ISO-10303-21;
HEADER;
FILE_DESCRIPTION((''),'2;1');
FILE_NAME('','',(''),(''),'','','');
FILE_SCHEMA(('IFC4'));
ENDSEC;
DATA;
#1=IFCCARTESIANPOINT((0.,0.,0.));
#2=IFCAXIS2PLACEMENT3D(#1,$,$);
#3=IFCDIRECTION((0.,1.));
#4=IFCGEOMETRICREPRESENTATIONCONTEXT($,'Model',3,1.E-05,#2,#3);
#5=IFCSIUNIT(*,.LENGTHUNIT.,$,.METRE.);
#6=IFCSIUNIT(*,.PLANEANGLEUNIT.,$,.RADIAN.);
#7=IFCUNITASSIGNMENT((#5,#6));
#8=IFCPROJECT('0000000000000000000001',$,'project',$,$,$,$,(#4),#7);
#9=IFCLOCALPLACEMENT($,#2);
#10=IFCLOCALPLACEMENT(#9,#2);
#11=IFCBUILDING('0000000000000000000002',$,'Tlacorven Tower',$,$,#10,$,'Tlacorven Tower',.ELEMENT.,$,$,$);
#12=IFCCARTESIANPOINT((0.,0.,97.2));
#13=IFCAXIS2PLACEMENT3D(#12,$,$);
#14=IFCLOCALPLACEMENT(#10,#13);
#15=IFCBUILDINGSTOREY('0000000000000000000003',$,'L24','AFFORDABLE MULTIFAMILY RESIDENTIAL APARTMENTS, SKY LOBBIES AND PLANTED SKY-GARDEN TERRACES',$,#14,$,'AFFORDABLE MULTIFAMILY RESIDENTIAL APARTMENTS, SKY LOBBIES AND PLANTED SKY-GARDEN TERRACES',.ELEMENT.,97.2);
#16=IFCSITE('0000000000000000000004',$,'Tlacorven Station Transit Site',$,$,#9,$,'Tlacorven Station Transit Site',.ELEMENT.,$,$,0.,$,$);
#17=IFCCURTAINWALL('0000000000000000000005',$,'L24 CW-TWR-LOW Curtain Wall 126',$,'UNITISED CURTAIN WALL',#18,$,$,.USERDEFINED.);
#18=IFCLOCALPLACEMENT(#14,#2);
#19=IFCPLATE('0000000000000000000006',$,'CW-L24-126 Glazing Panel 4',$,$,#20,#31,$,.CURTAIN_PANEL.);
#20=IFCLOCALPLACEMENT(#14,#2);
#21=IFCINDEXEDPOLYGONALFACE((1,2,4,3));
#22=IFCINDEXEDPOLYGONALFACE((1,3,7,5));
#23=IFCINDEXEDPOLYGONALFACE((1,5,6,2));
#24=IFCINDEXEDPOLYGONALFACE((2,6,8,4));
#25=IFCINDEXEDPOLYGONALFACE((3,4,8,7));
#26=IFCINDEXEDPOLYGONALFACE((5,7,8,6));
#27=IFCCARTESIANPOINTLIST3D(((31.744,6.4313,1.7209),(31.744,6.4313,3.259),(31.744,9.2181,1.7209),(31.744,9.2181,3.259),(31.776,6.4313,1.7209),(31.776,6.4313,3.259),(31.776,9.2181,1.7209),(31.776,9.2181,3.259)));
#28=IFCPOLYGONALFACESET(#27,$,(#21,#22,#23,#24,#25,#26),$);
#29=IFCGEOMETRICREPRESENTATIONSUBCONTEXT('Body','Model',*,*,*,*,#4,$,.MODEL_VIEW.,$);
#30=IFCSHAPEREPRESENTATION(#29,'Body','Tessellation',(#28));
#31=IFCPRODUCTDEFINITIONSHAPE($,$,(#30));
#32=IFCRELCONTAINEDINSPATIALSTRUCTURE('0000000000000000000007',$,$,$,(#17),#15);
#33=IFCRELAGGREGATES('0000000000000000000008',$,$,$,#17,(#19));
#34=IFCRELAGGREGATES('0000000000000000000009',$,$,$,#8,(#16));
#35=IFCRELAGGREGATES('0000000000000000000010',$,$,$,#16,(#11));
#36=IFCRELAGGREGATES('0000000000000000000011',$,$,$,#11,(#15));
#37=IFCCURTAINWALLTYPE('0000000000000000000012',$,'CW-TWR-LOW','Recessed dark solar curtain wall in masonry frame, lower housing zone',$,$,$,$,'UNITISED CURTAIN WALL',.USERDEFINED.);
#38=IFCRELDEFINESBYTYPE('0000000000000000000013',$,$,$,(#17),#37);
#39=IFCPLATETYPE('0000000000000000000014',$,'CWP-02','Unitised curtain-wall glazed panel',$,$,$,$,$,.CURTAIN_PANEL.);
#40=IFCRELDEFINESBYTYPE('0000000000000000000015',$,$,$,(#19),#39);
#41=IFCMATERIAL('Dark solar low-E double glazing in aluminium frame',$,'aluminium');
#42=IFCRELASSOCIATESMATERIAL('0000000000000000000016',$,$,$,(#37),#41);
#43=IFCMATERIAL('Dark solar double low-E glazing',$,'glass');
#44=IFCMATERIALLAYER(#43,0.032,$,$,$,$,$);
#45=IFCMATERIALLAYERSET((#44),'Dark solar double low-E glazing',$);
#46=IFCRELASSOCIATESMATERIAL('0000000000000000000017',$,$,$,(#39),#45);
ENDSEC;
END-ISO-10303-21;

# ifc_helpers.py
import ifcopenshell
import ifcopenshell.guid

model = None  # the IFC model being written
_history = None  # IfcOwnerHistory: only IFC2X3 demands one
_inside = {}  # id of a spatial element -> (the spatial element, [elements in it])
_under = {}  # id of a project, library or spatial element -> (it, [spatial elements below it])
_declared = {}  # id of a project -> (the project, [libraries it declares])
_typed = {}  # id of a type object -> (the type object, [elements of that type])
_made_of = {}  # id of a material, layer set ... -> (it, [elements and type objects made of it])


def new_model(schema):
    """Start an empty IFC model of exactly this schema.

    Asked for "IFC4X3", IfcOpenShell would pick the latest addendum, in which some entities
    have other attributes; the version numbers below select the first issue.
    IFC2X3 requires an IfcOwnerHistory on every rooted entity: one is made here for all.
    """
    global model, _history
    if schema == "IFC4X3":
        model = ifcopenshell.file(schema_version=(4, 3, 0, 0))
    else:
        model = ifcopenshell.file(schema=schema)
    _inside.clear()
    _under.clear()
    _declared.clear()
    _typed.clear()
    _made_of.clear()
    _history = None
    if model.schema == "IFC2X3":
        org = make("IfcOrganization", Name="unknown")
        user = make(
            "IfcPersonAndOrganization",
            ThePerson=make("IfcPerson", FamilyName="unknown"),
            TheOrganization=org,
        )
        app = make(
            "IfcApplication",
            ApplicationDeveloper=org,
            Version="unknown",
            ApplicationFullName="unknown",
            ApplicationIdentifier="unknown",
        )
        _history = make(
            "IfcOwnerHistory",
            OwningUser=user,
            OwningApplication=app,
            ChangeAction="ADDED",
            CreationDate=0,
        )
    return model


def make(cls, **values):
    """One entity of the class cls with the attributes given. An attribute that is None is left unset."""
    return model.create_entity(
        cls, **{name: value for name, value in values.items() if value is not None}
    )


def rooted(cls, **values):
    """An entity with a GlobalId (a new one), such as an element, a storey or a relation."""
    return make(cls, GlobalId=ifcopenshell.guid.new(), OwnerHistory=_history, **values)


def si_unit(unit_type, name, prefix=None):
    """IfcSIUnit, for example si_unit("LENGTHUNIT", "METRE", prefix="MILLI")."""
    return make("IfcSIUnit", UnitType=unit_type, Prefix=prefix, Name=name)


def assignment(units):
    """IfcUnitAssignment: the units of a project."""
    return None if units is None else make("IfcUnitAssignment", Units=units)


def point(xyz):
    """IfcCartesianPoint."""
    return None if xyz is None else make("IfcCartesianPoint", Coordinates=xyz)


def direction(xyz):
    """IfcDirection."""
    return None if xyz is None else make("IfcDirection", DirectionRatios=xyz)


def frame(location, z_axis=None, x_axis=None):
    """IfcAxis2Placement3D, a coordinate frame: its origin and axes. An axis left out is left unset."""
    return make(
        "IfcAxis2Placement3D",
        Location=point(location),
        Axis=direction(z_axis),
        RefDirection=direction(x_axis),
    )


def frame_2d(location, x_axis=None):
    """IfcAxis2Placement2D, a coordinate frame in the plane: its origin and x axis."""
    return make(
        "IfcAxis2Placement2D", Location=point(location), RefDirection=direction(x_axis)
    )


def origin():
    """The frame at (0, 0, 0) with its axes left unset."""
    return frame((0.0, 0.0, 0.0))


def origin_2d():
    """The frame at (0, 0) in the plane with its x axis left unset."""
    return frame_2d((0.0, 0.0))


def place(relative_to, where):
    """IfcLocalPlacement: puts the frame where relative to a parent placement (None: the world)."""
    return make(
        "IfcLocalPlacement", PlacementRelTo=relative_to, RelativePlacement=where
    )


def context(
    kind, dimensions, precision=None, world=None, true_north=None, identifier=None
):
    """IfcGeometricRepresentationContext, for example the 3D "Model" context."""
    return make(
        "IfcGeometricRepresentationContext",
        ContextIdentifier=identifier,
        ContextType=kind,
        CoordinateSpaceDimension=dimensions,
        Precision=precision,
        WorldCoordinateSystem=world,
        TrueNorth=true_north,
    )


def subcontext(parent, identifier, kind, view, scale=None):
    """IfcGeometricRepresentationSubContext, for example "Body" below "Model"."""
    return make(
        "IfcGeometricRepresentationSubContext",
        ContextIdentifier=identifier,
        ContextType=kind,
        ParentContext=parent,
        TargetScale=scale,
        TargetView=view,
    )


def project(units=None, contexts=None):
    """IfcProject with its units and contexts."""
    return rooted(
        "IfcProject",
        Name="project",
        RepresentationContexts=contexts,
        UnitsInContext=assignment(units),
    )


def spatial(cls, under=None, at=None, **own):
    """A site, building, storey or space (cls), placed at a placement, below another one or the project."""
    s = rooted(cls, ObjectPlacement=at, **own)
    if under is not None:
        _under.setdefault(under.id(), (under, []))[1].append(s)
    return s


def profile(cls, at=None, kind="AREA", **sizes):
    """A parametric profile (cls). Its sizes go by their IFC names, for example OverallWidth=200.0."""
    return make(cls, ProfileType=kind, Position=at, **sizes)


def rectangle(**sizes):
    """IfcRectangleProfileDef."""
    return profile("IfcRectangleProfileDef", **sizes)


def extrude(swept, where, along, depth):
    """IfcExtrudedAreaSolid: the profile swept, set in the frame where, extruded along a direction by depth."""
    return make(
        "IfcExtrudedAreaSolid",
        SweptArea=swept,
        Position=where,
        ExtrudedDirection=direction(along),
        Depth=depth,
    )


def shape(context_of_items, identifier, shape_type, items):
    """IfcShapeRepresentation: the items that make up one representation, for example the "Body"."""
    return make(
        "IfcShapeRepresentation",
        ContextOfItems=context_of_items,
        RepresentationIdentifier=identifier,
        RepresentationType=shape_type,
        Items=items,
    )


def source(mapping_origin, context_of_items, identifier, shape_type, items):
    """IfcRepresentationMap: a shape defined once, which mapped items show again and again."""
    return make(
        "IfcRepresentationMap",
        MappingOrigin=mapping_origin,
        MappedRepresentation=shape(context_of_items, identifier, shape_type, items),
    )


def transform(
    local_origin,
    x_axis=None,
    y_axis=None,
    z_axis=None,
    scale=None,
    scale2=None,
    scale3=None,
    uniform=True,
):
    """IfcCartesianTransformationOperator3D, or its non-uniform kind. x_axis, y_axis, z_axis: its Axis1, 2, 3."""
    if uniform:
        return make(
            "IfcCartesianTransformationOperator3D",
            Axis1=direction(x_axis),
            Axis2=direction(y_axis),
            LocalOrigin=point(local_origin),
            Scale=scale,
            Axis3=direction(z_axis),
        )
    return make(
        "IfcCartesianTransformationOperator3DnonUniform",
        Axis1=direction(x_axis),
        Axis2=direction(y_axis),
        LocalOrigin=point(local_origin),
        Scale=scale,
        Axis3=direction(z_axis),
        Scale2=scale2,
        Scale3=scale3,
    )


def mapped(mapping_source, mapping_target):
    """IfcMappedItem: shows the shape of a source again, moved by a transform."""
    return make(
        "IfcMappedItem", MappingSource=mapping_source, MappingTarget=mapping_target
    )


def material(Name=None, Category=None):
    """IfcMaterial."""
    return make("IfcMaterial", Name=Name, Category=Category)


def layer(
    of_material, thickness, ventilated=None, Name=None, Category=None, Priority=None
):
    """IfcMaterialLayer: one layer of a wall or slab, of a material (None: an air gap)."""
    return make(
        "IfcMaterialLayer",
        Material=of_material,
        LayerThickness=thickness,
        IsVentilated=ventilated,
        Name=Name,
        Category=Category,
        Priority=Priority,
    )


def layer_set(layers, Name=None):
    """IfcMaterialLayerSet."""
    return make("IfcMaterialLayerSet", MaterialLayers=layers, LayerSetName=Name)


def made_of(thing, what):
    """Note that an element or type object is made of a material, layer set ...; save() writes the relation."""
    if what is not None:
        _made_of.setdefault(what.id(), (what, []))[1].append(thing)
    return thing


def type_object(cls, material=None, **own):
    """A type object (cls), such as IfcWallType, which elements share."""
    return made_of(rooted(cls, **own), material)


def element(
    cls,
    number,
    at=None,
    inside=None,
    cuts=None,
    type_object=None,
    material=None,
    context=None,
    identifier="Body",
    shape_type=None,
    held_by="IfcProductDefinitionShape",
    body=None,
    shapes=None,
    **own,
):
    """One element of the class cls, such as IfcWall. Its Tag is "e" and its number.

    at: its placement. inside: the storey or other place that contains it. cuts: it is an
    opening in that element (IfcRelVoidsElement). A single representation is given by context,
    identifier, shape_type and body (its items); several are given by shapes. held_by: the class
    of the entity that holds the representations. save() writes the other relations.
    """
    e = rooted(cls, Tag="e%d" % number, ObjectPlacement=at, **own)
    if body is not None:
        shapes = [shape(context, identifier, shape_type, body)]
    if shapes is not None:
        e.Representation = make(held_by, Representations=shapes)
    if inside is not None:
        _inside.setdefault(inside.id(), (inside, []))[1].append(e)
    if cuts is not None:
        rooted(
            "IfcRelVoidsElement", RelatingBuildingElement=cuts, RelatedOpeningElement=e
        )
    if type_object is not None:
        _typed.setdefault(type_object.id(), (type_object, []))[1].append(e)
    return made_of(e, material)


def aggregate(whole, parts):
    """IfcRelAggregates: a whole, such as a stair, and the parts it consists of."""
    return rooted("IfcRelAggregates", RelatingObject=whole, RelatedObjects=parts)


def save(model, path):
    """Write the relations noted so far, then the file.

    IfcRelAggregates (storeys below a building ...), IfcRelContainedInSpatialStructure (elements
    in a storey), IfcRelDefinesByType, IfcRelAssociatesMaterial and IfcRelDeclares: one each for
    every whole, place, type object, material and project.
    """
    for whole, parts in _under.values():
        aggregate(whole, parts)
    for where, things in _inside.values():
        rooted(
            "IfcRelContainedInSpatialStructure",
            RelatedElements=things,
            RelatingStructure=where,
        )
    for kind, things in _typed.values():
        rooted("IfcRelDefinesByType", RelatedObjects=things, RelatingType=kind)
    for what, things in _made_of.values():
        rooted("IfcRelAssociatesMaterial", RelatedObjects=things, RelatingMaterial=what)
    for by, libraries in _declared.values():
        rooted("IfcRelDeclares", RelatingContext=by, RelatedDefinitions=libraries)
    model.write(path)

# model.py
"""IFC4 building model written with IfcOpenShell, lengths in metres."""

from ifc_helpers import new_model, si_unit, direction, frame, origin, origin_2d, place, context, subcontext, project, spatial, rectangle, extrude, source, transform, mapped, material, layer, layer_set, type_object, element, aggregate, save


model = new_model("IFC4")

# Units and contexts
model_context = context("Model", 3, precision=1e-05, world=origin(), true_north=direction((0.0, 1.0)))
body_context = subcontext(model_context, "Body", "Model", "MODEL_VIEW")
ifc_project = project(units=[si_unit("LENGTHUNIT", "METRE"), si_unit("PLANEANGLEUNIT", "RADIAN")], contexts=[model_context])

# Site, building, storey
site_placement = place(None, origin())
site = spatial("IfcSite", under=ifc_project, at=site_placement, Name="Tlacorven Station Transit Site", LongName="Tlacorven Station Transit Site", CompositionType="ELEMENT", RefElevation=0.0)
building_placement = place(site_placement, origin())
building = spatial("IfcBuilding", under=site, at=building_placement, Name="Tlacorven Tower", LongName="Tlacorven Tower", CompositionType="ELEMENT")
storey_placement = place(building_placement, frame((0.0, 0.0, 97.2)))
storey = spatial("IfcBuildingStorey", under=building, at=storey_placement, Name="L24", Description="AFFORDABLE MULTIFAMILY RESIDENTIAL APARTMENTS, SKY LOBBIES AND PLANTED SKY-GARDEN TERRACES", LongName="AFFORDABLE MULTIFAMILY RESIDENTIAL APARTMENTS, SKY LOBBIES AND PLANTED SKY-GARDEN TERRACES", CompositionType="ELEMENT", Elevation=97.2)

# Curtain wall, plate
ifc_material_1 = material(Name="Dark solar low-E double glazing in aluminium frame", Category="aluminium")
curtain_wall_type = type_object("IfcCurtainWallType", Name="CW-TWR-LOW", Description="Recessed dark solar curtain wall in masonry frame, lower housing zone", ElementType="UNITISED CURTAIN WALL", PredefinedType="USERDEFINED", material=ifc_material_1)
curtain_wall_placement = place(storey_placement, origin())
curtain_wall = element("IfcCurtainWall", 1, at=curtain_wall_placement, inside=storey, type_object=curtain_wall_type, Name="L24 CW-TWR-LOW Curtain Wall 126", ObjectType="UNITISED CURTAIN WALL", PredefinedType="USERDEFINED")
ifc_material_2 = material(Name="Dark solar double low-E glazing", Category="glass")
ifc_layer = layer(ifc_material_2, 0.032)
ifc_layer_set = layer_set([ifc_layer], Name="Dark solar double low-E glazing")
plate_type = type_object("IfcPlateType", Name="CWP-02", Description="Unitised curtain-wall glazed panel", PredefinedType="CURTAIN_PANEL", material=ifc_layer_set)
shared_shape_1 = source(origin(), body_context, "Body", "SweptSolid", [
    extrude(rectangle(XDim=2.7869, YDim=0.032, at=origin_2d()), origin(), (0.0, 0.0, 1.0), 1.5381),
])
plate_1_placement = place(storey_placement, frame((31.76, 7.8247, 1.7209), z_axis=(0.0, 0.0, 1.0), x_axis=(0.0, 1.0, 0.0)))
plate_1 = element("IfcPlate", 2, at=plate_1_placement, type_object=plate_type, Name="CW-L24-126 Glazing Panel 4", PredefinedType="CURTAIN_PANEL", context=body_context, shape_type="MappedRepresentation", body=[
    mapped(shared_shape_1, transform((0.0, 0.0, 0.0), scale=1.0)),
])
aggregate(curtain_wall, [plate_1])

save(model, "model.ifc")
